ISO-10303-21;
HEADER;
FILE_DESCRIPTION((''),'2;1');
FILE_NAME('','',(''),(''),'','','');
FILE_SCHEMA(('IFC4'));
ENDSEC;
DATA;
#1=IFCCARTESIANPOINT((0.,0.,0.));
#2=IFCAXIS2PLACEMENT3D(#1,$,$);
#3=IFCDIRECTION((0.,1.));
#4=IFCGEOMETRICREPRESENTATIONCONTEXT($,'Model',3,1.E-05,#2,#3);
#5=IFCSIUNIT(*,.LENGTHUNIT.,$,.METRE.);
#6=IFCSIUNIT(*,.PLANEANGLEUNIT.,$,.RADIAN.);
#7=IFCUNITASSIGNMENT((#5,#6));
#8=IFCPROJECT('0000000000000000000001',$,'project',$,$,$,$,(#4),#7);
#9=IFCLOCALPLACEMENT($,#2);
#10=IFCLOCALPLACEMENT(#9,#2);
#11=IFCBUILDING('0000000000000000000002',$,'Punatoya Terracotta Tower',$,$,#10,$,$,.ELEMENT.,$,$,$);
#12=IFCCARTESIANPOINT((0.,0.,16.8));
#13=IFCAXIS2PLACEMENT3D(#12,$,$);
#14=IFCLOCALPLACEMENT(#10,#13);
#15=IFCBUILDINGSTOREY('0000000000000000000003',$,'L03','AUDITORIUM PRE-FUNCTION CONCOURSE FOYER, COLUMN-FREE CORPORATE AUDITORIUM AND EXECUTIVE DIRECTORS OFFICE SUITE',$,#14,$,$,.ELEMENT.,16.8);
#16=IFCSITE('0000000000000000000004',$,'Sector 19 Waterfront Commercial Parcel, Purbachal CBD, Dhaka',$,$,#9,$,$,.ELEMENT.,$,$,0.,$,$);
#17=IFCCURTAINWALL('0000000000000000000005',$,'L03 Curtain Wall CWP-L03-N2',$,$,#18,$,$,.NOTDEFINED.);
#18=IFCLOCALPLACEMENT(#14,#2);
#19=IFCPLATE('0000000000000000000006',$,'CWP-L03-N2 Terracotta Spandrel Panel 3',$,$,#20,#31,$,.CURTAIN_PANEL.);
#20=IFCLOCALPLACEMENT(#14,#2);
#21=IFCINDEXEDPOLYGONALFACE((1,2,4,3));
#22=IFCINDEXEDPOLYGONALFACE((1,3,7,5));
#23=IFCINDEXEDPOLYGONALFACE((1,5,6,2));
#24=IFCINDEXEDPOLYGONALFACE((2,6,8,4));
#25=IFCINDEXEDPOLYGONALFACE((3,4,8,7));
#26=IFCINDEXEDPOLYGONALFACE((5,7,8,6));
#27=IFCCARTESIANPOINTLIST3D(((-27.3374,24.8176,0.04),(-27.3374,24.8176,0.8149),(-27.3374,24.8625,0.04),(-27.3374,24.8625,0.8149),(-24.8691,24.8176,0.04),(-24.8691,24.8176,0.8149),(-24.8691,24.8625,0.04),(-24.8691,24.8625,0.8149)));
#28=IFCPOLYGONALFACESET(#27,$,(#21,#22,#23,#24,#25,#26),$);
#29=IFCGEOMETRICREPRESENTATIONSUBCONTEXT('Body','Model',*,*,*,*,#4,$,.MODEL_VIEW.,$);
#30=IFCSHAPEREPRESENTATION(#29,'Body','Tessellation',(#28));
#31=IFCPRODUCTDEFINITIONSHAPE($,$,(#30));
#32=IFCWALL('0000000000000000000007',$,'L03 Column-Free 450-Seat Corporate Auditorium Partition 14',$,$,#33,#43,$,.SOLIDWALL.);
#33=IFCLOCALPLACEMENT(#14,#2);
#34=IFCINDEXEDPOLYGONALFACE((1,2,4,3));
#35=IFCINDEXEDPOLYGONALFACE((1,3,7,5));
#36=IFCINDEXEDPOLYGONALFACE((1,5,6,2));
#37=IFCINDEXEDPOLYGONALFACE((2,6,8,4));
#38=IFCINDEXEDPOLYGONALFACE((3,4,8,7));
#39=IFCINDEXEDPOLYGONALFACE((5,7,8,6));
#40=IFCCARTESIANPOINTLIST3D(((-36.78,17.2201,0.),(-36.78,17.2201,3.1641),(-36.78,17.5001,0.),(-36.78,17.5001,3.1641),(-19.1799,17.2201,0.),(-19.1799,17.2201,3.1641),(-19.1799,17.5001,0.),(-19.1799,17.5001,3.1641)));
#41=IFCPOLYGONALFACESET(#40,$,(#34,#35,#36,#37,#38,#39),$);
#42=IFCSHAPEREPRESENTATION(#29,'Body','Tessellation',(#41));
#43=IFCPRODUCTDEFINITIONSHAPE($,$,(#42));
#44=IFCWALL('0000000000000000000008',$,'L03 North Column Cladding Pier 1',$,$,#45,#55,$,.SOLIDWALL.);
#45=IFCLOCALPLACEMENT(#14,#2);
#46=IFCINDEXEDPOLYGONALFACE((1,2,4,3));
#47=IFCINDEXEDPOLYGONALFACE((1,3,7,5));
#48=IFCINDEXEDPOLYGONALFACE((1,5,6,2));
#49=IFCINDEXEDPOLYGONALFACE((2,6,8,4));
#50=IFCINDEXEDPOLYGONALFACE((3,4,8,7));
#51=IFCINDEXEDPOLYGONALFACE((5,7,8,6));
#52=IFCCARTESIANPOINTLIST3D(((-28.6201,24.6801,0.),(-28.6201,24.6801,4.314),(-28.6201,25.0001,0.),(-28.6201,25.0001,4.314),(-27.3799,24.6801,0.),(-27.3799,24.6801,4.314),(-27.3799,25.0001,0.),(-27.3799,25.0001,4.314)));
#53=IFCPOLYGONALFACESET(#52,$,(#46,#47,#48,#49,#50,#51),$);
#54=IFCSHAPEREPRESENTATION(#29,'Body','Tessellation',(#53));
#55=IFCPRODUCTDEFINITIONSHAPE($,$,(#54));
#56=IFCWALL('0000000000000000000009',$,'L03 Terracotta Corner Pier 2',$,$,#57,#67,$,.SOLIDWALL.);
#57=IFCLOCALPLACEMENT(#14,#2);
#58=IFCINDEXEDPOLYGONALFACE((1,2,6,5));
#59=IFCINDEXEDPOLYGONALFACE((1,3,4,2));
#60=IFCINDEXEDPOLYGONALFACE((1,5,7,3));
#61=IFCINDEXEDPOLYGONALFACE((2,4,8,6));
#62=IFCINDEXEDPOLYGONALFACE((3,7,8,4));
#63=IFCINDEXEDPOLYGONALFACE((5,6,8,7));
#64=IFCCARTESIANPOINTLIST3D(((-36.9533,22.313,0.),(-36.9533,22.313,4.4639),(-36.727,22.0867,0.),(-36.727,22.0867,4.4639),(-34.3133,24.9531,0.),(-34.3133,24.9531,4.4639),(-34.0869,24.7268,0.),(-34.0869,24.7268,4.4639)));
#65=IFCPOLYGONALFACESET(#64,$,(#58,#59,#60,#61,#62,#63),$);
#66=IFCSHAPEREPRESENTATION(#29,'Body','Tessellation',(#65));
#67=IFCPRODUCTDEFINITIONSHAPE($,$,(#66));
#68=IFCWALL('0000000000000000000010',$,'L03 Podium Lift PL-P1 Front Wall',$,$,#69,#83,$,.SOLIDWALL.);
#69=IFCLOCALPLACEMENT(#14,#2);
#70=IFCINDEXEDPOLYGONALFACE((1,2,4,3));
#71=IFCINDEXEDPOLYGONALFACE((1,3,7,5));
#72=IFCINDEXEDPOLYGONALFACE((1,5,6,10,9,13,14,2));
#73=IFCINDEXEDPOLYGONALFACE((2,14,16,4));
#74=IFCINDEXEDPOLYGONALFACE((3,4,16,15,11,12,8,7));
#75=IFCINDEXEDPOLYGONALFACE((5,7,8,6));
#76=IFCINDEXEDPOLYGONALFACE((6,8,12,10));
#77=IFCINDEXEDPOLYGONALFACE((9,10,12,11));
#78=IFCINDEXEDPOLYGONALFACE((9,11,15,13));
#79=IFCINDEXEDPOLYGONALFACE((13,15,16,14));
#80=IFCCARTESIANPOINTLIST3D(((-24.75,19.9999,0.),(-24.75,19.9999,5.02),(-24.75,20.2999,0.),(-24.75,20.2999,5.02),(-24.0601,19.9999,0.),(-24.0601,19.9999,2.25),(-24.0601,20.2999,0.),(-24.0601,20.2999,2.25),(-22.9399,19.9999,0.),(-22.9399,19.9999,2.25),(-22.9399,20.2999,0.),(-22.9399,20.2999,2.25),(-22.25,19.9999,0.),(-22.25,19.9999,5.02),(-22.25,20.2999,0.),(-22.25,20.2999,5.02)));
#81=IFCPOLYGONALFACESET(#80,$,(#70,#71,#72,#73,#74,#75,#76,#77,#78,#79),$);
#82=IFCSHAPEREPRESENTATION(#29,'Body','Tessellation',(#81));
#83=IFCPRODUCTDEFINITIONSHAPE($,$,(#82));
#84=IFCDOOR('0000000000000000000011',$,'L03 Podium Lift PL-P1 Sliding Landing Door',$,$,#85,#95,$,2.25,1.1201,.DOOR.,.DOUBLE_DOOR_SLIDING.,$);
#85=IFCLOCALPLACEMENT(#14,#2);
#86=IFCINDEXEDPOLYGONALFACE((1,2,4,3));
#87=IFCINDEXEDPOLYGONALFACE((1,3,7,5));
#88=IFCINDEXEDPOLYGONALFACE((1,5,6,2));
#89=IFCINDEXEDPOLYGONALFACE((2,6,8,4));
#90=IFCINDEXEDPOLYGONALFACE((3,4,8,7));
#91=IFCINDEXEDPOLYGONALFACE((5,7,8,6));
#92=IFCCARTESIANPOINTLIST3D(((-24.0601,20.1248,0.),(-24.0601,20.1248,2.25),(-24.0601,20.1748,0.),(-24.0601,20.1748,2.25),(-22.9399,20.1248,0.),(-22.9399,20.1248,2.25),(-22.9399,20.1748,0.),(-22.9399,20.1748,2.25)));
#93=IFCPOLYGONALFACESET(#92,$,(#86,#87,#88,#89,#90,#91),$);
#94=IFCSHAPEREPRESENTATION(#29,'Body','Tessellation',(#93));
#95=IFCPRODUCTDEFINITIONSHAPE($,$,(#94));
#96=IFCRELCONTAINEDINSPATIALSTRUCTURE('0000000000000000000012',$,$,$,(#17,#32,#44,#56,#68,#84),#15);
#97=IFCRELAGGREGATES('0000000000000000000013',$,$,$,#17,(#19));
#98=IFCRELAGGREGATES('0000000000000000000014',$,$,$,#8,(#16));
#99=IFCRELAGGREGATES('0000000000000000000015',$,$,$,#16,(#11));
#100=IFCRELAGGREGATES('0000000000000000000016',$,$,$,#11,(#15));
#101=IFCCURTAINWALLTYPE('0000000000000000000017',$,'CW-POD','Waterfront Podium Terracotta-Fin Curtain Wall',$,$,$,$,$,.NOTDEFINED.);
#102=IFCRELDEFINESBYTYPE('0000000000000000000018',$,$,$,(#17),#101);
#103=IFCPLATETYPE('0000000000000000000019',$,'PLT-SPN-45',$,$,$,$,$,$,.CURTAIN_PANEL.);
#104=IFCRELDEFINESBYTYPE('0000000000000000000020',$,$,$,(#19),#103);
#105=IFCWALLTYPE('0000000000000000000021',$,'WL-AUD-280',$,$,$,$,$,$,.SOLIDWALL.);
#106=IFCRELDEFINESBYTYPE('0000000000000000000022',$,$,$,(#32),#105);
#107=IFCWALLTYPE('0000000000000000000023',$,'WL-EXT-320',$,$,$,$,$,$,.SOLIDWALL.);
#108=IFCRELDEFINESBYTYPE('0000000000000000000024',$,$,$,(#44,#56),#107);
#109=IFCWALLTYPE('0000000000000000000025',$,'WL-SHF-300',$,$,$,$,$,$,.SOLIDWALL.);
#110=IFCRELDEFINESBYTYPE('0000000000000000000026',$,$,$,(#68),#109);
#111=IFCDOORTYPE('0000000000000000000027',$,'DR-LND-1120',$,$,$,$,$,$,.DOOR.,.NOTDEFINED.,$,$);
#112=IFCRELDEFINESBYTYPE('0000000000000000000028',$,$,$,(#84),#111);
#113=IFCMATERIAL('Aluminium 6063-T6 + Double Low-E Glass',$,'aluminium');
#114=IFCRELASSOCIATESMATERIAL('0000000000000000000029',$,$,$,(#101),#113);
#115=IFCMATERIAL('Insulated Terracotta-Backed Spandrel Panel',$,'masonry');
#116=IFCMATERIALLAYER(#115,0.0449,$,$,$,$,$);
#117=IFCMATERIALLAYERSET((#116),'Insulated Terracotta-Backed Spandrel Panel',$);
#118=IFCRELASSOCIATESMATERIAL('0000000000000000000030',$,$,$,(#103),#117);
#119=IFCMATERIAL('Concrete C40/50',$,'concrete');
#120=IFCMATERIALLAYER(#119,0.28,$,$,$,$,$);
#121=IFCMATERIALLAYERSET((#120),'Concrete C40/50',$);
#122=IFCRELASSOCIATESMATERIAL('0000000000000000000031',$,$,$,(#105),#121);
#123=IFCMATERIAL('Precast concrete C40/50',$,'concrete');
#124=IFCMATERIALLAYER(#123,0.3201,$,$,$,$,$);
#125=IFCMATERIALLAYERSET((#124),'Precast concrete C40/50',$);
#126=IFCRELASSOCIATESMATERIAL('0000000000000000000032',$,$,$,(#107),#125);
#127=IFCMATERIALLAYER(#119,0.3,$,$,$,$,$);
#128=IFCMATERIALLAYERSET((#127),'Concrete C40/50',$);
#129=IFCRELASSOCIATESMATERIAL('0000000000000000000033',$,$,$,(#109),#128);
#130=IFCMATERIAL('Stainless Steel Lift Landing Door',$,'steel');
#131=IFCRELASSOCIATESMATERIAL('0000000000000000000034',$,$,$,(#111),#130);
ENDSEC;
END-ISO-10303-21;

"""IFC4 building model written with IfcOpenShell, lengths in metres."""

from ifc_helpers import new_model, si_unit, direction, frame, frame_2d, origin, origin_2d, place, context, subcontext, project, spatial, rectangle, extrude, material, layer, layer_set, type_object, element, fill, aggregate, save


model = new_model("IFC4")

# Units and contexts
model_context = context("Model", 3, precision=1e-05, world=origin(), true_north=direction((0.0, 1.0)))
body_context = subcontext(model_context, "Body", "Model", "MODEL_VIEW")
ifc_project = project(units=[si_unit("LENGTHUNIT", "METRE"), si_unit("PLANEANGLEUNIT", "RADIAN")], contexts=[model_context])

# Site, building, storey
site_placement = place(None, origin())
site = spatial("IfcSite", under=ifc_project, at=site_placement, Name="Sector 19 Waterfront Commercial Parcel, Purbachal CBD, Dhaka", CompositionType="ELEMENT", RefElevation=0.0)
building_placement = place(site_placement, origin())
building = spatial("IfcBuilding", under=site, at=building_placement, Name="Punatoya Terracotta Tower", CompositionType="ELEMENT")
storey_placement = place(building_placement, frame((0.0, 0.0, 16.8)))
storey = spatial("IfcBuildingStorey", under=building, at=storey_placement, Name="L03", Description="AUDITORIUM PRE-FUNCTION CONCOURSE FOYER, COLUMN-FREE CORPORATE AUDITORIUM AND EXECUTIVE DIRECTORS OFFICE SUITE", CompositionType="ELEMENT", Elevation=16.8)

# Curtain wall
ifc_material_1 = material(Name="Aluminium 6063-T6 + Double Low-E Glass", Category="aluminium")
curtain_wall_type = type_object("IfcCurtainWallType", Name="CW-POD", Description="Waterfront Podium Terracotta-Fin Curtain Wall", PredefinedType="NOTDEFINED", material=ifc_material_1)
curtain_wall_1_placement = place(storey_placement, origin())
curtain_wall_1 = element("IfcCurtainWall", 1, at=curtain_wall_1_placement, inside=storey, type_object=curtain_wall_type, Name="L03 Curtain Wall CWP-L03-N2", PredefinedType="NOTDEFINED")

# Plate
ifc_material_2 = material(Name="Insulated Terracotta-Backed Spandrel Panel", Category="masonry")
ifc_layer_1 = layer(ifc_material_2, 0.0449)
ifc_layer_set_1 = layer_set([ifc_layer_1], Name="Insulated Terracotta-Backed Spandrel Panel")
plate_type_1 = type_object("IfcPlateType", Name="PLT-SPN-45", PredefinedType="CURTAIN_PANEL", material=ifc_layer_set_1)
plate_1_placement = place(storey_placement, frame((-26.1033, 24.8401, 0.04), z_axis=(0.0, 0.0, 1.0), x_axis=(-1.0, 0.0, 0.0)))
plate_1 = element("IfcPlate", 2, at=plate_1_placement, type_object=plate_type_1, Name="CWP-L03-N2 Terracotta Spandrel Panel 3", PredefinedType="CURTAIN_PANEL", context=body_context, shape_type="SweptSolid", body=[
    extrude(rectangle(XDim=2.4683, YDim=0.0449, at=origin_2d()), origin(), (0.0, 0.0, 1.0), 0.7749),
])
aggregate(curtain_wall_1, [plate_1])

# Walls
ifc_material_3 = material(Name="Concrete C40/50", Category="concrete")
ifc_layer_2 = layer(ifc_material_3, 0.28)
ifc_layer_set_2 = layer_set([ifc_layer_2], Name="Concrete C40/50")
wall_type_1 = type_object("IfcWallType", Name="WL-AUD-280", PredefinedType="SOLIDWALL", material=ifc_layer_set_2)
wall_1_placement = place(storey_placement, frame((-36.78, 17.3601, 0.0), z_axis=(0.0, 0.0, 1.0), x_axis=(1.0, 0.0, 0.0)))
element("IfcWall", 3, at=wall_1_placement, inside=storey, type_object=wall_type_1, Name="L03 Column-Free 450-Seat Corporate Auditorium Partition 14", PredefinedType="SOLIDWALL", context=body_context, shape_type="SweptSolid", body=[
    extrude(rectangle(XDim=17.6001, YDim=0.28, at=frame_2d((8.8, 0.0))), origin(), (0.0, 0.0, 1.0), 3.1641),
])
ifc_material_4 = material(Name="Precast concrete C40/50", Category="concrete")
ifc_layer_3 = layer(ifc_material_4, 0.3201)
ifc_layer_set_3 = layer_set([ifc_layer_3], Name="Precast concrete C40/50")
wall_type_2 = type_object("IfcWallType", Name="WL-EXT-320", PredefinedType="SOLIDWALL", material=ifc_layer_set_3)
wall_2_placement = place(storey_placement, frame((-27.3799, 24.8401, 0.0), z_axis=(0.0, 0.0, 1.0), x_axis=(-1.0, 0.0, 0.0)))
element("IfcWall", 4, at=wall_2_placement, inside=storey, type_object=wall_type_2, Name="L03 North Column Cladding Pier 1", PredefinedType="SOLIDWALL", context=body_context, shape_type="SweptSolid", body=[
    extrude(rectangle(XDim=1.2402, YDim=0.3201, at=frame_2d((0.6201, 0.0))), origin(), (0.0, 0.0, 1.0), 4.314),
])
wall_3_placement = place(storey_placement, frame((-36.8401, 22.2, 0.0), z_axis=(0.0, 0.0, 1.0), x_axis=(0.707107, 0.707107, 0.0)))
element("IfcWall", 5, at=wall_3_placement, inside=storey, type_object=wall_type_2, Name="L03 Terracotta Corner Pier 2", PredefinedType="SOLIDWALL", context=body_context, shape_type="SweptSolid", body=[
    extrude(rectangle(XDim=3.7336, YDim=0.3201, at=frame_2d((1.8667, 0.0))), origin(), (0.0, 0.0, 1.0), 4.4639),
])

# Wall, opening, door
ifc_layer_4 = layer(ifc_material_3, 0.3)
ifc_layer_set_4 = layer_set([ifc_layer_4], Name="Concrete C40/50")
wall_type_3 = type_object("IfcWallType", Name="WL-SHF-300", PredefinedType="SOLIDWALL", material=ifc_layer_set_4)
wall_4_placement = place(storey_placement, frame((-24.75, 20.1499, 0.0), z_axis=(0.0, 0.0, 1.0), x_axis=(1.0, 0.0, 0.0)))
wall_4 = element("IfcWall", 6, at=wall_4_placement, inside=storey, type_object=wall_type_3, Name="L03 Podium Lift PL-P1 Front Wall", PredefinedType="SOLIDWALL", context=body_context, shape_type="SweptSolid", body=[
    extrude(rectangle(XDim=2.5, YDim=0.3, at=frame_2d((1.25, 0.0))), origin(), (0.0, 0.0, 1.0), 5.02),
])
opening_placement = place(wall_4_placement, frame((0.6899, 0.0, 0.0)))
opening = element("IfcOpeningElement", 7, at=opening_placement, cuts=wall_4, PredefinedType="OPENING", context=body_context, shape_type="SweptSolid", body=[
    extrude(rectangle(XDim=1.1201, YDim=2.25, at=frame_2d((0.5601, 1.125))), frame((0.0, 0.1599, 0.0), z_axis=(0.0, -1.0, 0.0), x_axis=(1.0, 0.0, 0.0)), (0.0, 0.0, 1.0), 0.3201),
])
ifc_material_5 = material(Name="Stainless Steel Lift Landing Door", Category="steel")
door_type = type_object("IfcDoorType", Name="DR-LND-1120", OperationType="NOTDEFINED", PredefinedType="DOOR", material=ifc_material_5)
door_placement = place(opening_placement, origin())
door = element("IfcDoor", 8, at=door_placement, inside=storey, type_object=door_type, Name="L03 Podium Lift PL-P1 Sliding Landing Door", OperationType="DOUBLE_DOOR_SLIDING", OverallHeight=2.25, OverallWidth=1.1201, PredefinedType="DOOR", context=body_context, shape_type="SweptSolid", body=[
    extrude(rectangle(XDim=1.1201, YDim=2.25, at=frame_2d((0.5601, 1.125))), frame((0.0, 0.0249, 0.0), z_axis=(0.0, -1.0, 0.0), x_axis=(1.0, 0.0, 0.0)), (0.0, 0.0, 1.0), 0.05),
])
fill(opening, door)

save(model, "model.ifc")
